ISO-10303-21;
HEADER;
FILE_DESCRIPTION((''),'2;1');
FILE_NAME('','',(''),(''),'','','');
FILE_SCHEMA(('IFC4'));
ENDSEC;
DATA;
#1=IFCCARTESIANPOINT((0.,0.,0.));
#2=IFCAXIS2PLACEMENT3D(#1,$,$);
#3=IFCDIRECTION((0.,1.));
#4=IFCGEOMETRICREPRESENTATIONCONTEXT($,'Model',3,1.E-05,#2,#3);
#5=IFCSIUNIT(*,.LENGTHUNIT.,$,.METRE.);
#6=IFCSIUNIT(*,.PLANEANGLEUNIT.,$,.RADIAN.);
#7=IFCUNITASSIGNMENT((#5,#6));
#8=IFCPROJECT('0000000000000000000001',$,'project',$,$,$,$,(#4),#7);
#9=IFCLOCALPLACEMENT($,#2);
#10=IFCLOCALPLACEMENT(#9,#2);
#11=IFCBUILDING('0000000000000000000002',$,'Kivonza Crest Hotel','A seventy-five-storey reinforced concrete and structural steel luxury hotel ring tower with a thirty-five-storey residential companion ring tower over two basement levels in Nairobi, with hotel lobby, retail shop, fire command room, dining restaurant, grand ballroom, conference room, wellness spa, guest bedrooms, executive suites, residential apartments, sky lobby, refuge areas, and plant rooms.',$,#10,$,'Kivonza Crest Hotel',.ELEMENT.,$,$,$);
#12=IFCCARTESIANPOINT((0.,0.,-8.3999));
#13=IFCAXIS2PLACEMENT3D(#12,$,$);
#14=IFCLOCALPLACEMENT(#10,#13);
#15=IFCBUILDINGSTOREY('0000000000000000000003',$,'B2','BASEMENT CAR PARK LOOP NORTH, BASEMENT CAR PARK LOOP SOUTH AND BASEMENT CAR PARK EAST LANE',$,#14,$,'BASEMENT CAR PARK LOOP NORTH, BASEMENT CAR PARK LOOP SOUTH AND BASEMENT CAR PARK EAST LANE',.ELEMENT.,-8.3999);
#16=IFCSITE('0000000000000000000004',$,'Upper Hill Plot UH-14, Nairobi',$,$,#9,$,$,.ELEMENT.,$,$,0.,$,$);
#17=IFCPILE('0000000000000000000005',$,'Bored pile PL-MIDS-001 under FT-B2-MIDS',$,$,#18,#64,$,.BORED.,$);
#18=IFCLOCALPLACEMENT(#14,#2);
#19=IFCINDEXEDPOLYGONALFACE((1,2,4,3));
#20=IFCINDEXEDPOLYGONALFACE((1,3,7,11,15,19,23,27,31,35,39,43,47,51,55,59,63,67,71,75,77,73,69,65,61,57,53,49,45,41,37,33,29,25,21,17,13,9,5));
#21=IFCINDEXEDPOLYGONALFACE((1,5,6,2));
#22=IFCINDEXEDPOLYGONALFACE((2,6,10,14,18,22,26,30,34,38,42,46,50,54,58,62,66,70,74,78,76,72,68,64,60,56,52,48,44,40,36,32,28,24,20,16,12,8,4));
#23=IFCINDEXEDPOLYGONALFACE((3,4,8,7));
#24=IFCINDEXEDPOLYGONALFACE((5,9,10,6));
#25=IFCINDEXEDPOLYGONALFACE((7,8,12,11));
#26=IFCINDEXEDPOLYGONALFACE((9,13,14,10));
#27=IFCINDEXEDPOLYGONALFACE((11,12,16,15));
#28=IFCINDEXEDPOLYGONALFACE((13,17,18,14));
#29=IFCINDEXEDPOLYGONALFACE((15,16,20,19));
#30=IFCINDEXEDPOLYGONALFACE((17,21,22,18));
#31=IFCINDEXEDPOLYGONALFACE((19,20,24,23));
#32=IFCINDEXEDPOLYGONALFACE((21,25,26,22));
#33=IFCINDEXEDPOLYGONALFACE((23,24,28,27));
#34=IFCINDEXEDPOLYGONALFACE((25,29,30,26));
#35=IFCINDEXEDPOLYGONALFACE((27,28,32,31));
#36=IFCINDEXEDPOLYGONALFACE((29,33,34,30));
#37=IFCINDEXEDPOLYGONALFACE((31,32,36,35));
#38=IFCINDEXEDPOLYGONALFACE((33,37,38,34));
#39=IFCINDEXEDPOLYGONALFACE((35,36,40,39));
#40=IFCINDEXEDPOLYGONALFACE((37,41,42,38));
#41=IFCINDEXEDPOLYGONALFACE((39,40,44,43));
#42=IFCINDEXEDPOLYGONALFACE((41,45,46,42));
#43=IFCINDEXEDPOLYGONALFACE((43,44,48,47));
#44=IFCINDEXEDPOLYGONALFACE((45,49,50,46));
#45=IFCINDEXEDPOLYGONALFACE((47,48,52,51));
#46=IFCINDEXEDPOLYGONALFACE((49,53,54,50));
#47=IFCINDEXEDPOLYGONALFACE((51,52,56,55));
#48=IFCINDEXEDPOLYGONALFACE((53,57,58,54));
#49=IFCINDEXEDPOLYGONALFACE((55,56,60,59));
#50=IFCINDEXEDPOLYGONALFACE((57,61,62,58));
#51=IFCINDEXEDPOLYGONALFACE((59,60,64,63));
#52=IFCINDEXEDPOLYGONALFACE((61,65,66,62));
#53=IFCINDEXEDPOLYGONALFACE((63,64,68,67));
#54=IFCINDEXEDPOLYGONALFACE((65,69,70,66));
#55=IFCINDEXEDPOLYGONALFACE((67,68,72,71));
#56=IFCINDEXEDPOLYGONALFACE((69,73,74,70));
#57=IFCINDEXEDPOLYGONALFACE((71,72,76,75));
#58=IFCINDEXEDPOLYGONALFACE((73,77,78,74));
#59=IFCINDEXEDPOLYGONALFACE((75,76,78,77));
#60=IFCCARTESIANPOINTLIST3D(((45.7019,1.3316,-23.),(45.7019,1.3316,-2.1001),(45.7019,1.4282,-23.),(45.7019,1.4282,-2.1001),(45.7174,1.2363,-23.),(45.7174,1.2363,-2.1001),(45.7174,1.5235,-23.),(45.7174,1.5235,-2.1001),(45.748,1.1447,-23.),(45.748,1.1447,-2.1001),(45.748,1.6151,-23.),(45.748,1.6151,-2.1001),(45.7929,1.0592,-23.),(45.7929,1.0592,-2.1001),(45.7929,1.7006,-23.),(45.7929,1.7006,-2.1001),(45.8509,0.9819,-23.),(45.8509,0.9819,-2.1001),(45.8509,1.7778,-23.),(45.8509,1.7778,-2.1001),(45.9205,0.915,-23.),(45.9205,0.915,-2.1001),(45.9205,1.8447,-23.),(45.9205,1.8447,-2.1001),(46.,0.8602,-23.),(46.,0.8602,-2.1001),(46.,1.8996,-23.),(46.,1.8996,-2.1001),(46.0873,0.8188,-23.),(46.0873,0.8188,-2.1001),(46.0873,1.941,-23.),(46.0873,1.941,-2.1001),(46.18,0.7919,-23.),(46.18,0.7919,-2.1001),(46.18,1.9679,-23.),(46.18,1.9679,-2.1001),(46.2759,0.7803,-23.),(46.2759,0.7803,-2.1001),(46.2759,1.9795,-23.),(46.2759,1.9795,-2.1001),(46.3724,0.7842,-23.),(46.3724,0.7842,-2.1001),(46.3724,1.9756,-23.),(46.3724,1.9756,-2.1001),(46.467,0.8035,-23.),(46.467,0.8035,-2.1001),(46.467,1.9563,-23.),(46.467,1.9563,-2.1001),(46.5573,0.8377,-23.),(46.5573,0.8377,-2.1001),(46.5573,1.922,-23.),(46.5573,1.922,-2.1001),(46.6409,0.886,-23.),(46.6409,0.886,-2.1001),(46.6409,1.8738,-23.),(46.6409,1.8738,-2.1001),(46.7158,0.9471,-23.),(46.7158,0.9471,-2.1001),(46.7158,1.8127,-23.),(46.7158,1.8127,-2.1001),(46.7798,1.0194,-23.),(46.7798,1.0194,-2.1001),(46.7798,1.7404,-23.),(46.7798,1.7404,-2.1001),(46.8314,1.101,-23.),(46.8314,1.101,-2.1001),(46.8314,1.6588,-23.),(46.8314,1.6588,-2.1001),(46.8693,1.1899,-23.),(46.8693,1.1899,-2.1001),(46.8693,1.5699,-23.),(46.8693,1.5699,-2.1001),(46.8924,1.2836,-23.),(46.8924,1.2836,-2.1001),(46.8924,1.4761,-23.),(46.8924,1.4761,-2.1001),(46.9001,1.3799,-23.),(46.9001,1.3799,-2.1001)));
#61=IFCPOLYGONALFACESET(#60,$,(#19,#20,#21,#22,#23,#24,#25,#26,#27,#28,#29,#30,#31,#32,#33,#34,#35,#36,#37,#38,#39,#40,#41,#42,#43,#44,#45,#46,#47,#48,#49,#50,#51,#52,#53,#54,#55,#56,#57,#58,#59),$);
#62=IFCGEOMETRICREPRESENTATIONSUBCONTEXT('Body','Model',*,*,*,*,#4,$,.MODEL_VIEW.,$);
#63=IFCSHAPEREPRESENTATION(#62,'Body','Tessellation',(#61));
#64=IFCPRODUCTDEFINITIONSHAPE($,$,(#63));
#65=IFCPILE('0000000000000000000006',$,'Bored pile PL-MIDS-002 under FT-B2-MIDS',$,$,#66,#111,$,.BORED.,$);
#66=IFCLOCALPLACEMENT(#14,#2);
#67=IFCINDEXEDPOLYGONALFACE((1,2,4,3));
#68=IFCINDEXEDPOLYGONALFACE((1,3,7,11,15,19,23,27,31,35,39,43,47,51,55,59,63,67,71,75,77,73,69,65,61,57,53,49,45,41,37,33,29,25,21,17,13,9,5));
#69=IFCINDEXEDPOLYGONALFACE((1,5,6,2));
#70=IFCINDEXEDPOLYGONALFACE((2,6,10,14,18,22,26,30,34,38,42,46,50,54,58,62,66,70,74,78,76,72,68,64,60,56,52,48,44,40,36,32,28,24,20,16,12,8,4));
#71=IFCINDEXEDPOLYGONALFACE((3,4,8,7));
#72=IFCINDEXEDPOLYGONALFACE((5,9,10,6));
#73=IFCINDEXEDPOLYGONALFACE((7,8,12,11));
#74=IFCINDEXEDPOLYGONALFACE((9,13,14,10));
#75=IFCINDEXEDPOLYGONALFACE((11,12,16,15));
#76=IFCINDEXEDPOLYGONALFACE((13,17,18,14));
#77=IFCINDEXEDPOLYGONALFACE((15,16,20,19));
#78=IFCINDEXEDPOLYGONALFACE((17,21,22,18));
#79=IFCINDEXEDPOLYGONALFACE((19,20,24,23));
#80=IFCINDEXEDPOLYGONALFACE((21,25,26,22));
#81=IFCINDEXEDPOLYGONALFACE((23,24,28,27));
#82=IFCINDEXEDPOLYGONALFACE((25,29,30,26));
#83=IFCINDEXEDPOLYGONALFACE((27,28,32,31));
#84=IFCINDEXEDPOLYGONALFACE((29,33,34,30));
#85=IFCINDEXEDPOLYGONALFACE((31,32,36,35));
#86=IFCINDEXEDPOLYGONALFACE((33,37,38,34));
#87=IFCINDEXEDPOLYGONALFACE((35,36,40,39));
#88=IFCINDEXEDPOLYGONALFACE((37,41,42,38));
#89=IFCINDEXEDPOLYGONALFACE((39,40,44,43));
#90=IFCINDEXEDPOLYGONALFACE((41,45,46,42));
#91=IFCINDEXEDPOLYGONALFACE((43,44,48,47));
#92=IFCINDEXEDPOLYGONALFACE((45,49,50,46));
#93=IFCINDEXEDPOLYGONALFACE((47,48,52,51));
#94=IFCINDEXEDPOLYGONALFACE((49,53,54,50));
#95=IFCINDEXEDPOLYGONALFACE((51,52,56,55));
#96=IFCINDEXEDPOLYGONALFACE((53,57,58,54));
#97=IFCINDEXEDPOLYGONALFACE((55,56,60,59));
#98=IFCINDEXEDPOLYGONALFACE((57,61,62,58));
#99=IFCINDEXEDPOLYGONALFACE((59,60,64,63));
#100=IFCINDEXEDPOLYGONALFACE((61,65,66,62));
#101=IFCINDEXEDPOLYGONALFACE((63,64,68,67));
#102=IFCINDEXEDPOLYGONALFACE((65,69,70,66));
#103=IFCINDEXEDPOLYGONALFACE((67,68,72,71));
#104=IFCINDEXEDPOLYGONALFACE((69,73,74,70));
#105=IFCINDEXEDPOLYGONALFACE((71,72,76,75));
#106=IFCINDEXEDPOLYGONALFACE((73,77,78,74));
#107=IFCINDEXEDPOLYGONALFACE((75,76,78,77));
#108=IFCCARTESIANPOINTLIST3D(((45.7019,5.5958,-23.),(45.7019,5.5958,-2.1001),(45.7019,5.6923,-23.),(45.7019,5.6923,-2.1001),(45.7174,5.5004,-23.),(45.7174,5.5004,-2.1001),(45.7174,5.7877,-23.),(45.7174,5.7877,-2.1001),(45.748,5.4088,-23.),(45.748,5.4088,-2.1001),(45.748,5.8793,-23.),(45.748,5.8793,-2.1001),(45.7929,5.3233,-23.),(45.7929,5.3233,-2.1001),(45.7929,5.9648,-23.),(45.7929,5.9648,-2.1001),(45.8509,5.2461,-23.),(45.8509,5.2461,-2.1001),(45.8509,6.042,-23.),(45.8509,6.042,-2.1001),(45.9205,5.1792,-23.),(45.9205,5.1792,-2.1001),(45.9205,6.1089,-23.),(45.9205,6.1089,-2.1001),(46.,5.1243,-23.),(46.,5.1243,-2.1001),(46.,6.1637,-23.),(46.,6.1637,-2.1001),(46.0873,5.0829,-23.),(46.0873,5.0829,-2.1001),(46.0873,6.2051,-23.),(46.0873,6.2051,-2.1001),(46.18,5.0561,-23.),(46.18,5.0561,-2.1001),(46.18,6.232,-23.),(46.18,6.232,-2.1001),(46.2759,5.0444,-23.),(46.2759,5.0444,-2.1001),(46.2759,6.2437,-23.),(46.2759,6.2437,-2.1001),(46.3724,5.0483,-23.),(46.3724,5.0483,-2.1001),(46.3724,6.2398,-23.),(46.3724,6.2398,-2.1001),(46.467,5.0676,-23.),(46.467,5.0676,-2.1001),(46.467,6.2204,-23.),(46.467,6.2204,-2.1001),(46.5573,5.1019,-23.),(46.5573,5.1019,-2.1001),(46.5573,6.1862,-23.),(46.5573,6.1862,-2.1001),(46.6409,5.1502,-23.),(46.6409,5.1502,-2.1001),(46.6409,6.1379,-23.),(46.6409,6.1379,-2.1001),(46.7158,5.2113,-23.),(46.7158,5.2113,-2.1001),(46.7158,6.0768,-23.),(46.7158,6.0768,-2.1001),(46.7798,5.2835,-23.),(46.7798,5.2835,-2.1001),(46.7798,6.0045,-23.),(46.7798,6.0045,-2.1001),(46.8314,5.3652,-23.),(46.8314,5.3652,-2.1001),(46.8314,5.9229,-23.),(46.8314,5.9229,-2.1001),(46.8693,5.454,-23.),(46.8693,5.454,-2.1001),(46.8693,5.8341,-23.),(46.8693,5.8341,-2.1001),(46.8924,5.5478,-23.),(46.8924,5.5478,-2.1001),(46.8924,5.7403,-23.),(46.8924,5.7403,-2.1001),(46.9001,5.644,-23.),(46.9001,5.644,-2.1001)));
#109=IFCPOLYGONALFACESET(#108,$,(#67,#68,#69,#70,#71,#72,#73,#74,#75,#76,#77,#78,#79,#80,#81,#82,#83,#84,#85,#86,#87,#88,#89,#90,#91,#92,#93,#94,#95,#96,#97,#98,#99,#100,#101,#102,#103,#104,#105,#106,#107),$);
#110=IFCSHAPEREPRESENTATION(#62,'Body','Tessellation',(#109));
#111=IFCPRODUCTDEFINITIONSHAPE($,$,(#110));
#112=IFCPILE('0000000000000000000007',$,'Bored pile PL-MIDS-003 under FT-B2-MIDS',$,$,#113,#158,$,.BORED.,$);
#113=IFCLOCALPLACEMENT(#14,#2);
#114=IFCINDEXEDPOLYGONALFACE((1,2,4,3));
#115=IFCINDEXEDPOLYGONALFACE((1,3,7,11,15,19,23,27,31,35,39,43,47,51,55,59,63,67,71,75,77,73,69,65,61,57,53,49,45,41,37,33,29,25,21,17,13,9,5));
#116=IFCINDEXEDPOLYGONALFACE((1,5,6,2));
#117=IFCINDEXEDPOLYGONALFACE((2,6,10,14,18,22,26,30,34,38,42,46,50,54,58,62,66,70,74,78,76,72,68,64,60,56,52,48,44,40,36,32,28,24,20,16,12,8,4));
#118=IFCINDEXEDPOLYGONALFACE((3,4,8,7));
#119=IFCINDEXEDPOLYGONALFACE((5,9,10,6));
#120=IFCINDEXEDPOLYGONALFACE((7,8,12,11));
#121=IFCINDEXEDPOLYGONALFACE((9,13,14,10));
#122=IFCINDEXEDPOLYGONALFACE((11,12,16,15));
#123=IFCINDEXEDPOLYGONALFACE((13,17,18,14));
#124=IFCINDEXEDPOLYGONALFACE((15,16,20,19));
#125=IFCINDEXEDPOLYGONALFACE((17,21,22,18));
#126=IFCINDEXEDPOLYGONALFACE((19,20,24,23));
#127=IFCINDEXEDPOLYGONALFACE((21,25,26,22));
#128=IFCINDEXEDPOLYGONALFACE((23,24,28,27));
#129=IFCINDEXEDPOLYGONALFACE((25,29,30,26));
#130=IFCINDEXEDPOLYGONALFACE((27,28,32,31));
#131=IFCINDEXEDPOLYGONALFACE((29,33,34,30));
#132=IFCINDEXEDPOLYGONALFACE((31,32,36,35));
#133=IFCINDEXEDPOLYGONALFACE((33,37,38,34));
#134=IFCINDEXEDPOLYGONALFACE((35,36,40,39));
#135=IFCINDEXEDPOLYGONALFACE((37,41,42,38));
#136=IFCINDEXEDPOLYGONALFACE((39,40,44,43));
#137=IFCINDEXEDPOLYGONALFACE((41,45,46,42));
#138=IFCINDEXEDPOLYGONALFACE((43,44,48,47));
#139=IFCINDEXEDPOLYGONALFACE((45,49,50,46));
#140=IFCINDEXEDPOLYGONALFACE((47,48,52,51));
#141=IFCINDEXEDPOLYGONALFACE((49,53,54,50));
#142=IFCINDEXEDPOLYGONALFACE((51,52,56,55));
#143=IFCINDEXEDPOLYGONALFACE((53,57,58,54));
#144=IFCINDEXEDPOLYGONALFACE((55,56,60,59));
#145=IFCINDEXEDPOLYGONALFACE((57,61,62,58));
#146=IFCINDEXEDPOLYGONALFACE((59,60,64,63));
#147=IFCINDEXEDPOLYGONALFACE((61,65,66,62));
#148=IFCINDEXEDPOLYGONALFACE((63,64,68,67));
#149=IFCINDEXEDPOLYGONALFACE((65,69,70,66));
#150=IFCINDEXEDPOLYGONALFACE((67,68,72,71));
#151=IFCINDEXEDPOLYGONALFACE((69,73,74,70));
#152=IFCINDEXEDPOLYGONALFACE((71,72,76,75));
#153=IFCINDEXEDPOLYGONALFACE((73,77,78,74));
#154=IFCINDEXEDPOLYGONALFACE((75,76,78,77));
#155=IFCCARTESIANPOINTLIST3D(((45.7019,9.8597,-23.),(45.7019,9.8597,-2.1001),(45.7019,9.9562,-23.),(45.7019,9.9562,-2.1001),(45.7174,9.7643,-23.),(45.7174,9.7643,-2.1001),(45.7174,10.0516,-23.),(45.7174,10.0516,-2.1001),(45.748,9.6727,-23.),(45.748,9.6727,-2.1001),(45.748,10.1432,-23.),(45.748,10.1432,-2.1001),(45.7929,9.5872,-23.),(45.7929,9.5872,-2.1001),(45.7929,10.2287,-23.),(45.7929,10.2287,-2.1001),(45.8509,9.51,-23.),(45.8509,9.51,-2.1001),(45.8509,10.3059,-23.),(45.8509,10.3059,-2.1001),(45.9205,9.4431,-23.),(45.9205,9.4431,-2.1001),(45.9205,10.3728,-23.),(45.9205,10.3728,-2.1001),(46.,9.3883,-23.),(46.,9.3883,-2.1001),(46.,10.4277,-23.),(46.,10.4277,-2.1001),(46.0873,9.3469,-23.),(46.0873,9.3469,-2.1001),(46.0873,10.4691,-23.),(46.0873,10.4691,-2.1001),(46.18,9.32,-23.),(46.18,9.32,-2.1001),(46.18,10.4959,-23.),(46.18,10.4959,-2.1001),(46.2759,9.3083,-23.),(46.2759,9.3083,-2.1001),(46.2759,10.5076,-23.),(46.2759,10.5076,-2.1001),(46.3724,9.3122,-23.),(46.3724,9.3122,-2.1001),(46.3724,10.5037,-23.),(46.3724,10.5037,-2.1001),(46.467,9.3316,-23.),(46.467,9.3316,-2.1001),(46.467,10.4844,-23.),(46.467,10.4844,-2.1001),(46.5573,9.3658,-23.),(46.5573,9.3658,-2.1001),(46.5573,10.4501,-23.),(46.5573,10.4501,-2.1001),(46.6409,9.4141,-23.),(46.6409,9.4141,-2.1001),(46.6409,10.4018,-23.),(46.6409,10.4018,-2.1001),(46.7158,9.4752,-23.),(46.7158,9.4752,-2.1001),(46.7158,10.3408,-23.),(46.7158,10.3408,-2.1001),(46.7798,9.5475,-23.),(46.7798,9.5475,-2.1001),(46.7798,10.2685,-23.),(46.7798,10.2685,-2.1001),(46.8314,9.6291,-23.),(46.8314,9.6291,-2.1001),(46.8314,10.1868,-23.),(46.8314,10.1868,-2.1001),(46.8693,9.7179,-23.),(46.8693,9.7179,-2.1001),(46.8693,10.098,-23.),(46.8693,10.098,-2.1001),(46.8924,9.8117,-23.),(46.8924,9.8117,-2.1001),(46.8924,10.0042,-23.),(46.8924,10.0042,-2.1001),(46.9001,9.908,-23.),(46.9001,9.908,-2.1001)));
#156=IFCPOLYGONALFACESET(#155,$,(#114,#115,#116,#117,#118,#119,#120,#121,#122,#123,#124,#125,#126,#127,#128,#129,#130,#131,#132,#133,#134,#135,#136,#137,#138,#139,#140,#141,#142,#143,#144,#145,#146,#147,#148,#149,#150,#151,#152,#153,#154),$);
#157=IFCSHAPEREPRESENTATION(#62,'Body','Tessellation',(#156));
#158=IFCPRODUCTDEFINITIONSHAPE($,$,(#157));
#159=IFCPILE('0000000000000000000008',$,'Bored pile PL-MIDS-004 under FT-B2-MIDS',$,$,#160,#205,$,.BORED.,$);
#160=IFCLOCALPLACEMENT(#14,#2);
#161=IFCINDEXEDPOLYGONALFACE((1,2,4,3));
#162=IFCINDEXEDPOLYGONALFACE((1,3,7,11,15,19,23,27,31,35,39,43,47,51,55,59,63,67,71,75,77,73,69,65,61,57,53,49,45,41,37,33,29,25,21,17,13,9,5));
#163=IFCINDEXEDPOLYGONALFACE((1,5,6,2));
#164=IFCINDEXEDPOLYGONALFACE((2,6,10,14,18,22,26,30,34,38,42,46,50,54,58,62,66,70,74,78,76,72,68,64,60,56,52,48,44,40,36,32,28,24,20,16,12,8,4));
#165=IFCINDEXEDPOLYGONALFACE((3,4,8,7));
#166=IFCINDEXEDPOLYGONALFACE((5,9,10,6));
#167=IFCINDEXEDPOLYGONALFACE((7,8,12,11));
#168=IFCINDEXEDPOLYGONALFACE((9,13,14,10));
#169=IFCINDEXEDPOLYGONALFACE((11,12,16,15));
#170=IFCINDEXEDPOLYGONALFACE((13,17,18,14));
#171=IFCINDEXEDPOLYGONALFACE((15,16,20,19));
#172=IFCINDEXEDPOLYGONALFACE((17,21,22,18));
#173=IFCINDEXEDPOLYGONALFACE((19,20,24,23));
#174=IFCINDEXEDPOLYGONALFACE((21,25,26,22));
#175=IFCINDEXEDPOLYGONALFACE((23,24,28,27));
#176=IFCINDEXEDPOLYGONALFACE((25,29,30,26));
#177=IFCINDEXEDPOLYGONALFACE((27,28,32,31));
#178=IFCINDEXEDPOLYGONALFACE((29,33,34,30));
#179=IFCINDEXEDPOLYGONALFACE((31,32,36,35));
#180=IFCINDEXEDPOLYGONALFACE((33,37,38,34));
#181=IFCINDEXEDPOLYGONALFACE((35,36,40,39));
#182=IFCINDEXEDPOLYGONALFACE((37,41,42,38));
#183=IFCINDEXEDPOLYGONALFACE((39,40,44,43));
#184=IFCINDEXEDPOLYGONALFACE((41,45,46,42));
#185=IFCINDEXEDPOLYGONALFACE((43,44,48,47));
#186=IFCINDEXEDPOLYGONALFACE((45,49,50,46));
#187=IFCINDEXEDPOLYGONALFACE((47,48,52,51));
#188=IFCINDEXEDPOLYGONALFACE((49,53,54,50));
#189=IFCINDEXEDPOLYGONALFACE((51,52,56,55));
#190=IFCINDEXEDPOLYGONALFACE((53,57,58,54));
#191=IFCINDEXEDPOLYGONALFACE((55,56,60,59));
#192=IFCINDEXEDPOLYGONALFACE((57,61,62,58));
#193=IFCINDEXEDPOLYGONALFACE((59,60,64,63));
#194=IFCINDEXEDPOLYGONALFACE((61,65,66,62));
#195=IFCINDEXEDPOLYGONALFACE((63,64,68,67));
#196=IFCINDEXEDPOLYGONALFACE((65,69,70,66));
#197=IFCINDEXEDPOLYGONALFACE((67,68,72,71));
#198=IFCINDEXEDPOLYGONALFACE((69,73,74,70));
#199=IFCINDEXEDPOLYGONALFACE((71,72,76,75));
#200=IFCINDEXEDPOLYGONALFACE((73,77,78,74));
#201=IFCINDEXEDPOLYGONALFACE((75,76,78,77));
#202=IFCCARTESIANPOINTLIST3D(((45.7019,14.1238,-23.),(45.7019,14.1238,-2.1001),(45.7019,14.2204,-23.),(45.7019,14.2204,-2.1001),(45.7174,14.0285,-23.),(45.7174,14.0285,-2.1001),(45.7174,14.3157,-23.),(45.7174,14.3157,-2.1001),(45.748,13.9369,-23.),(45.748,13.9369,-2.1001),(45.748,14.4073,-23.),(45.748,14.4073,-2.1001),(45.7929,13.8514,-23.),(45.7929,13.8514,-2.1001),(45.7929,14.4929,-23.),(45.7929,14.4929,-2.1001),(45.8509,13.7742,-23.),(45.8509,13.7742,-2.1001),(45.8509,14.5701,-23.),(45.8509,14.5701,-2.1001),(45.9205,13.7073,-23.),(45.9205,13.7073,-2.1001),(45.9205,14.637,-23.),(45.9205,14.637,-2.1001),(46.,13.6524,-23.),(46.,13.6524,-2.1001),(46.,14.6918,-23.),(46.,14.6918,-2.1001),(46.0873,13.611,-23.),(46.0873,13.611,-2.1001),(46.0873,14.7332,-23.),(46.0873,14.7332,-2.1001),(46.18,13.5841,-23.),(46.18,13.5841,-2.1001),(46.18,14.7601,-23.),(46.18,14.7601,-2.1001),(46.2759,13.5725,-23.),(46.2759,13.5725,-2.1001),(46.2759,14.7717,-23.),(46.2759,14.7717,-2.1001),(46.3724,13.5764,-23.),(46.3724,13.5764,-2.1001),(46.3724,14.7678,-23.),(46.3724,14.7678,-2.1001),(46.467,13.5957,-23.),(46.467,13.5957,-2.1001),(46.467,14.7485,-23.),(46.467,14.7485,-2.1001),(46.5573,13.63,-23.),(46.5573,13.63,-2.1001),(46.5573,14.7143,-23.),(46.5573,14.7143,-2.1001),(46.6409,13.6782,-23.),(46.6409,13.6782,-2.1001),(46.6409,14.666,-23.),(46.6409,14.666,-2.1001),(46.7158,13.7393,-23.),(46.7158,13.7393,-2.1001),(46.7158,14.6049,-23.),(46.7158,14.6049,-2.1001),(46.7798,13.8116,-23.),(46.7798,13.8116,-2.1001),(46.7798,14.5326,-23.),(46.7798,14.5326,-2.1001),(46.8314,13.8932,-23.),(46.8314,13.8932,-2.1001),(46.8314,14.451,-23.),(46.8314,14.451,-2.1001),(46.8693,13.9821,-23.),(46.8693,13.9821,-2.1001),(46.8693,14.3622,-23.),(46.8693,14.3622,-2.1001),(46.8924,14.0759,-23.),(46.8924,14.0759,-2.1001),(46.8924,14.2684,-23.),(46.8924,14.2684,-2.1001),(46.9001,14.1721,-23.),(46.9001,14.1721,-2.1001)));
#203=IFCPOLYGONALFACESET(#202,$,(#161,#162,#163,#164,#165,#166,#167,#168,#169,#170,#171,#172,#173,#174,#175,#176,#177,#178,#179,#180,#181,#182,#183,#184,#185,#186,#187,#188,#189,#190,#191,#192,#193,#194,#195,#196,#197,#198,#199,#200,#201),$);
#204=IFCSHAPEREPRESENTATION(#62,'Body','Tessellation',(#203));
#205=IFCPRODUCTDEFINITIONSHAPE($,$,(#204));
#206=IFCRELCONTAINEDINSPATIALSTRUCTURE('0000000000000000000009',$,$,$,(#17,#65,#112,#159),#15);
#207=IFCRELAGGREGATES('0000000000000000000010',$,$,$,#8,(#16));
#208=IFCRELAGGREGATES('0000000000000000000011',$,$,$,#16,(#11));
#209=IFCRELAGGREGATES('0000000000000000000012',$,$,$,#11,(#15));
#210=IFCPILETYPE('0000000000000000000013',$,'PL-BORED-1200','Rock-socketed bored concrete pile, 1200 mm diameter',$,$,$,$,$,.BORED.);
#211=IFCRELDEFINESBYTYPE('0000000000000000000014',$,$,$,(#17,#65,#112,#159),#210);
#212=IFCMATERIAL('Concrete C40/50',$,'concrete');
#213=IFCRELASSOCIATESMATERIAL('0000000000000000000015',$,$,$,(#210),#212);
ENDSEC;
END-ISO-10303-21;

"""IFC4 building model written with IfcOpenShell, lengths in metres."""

from ifc_helpers import new_model, si_unit, direction, frame, origin, origin_2d, place, context, subcontext, project, spatial, circle, extrude, material, material_profile, profile_set, type_object, element, save


model = new_model("IFC4")

# Units and contexts
model_context = context("Model", 3, precision=1e-05, world=origin(), true_north=direction((0.0, 1.0)))
body_context = subcontext(model_context, "Body", "Model", "MODEL_VIEW")
ifc_project = project(units=[si_unit("LENGTHUNIT", "METRE"), si_unit("PLANEANGLEUNIT", "RADIAN")], contexts=[model_context])

# Site, building, storey
site_placement = place(None, origin())
site = spatial("IfcSite", under=ifc_project, at=site_placement, Name="Upper Hill Plot UH-14, Nairobi", CompositionType="ELEMENT", RefElevation=0.0)
building_placement = place(site_placement, origin())
building = spatial("IfcBuilding", under=site, at=building_placement, Name="Kivonza Crest Hotel", Description="A seventy-five-storey reinforced concrete and structural steel luxury hotel ring tower with a thirty-five-storey residential companion ring tower over two basement levels in Nairobi, with hotel lobby, retail shop, fire command room, dining restaurant, grand ballroom, conference room, wellness spa, guest bedrooms, executive suites, residential apartments, sky lobby, refuge areas, and plant rooms.", LongName="Kivonza Crest Hotel", CompositionType="ELEMENT")
storey_placement = place(building_placement, frame((0.0, 0.0, -8.3999)))
storey = spatial("IfcBuildingStorey", under=building, at=storey_placement, Name="B2", Description="BASEMENT CAR PARK LOOP NORTH, BASEMENT CAR PARK LOOP SOUTH AND BASEMENT CAR PARK EAST LANE", LongName="BASEMENT CAR PARK LOOP NORTH, BASEMENT CAR PARK LOOP SOUTH AND BASEMENT CAR PARK EAST LANE", CompositionType="ELEMENT", Elevation=-8.3999)

# Piles
ifc_material_1 = material(Name="Concrete C40/50", Category="concrete")
ifc_material_profile_1 = material_profile(ifc_material_1, circle(Radius=0.6001, at=origin_2d()), Name="PILE D1200")
ifc_profile_set_1 = profile_set([ifc_material_profile_1], Name="Concrete C40/50")
pile_type_1 = type_object("IfcPileType", Name="PL-BORED-1200", Description="Rock-socketed bored concrete pile, 1200 mm diameter", PredefinedType="BORED", material=ifc_profile_set_1)
for number, where, z_axis, x_axis, name in (
    (1, (46.3, 1.3799, -2.1001), (0.0, 0.0, -1.0), (1.0, 0.0, 0.0), "Bored pile PL-MIDS-001 under FT-B2-MIDS"),
    (2, (46.3, 5.644, -2.1001), (0.0, 0.0, -1.0), (1.0, 0.0, 0.0), "Bored pile PL-MIDS-002 under FT-B2-MIDS"),
    (3, (46.3, 9.908, -2.1001), (0.0, 0.0, -1.0), (1.0, 0.0, 0.0), "Bored pile PL-MIDS-003 under FT-B2-MIDS"),
    (4, (46.3, 14.1721, -2.1001), (0.0, 0.0, -1.0), (1.0, 0.0, 0.0), "Bored pile PL-MIDS-004 under FT-B2-MIDS"),
):
    element("IfcPile", number, at=place(storey_placement, frame(where, z_axis=z_axis, x_axis=x_axis)), inside=storey, type_object=pile_type_1, Name=name, PredefinedType="BORED", context=body_context, shape_type="SweptSolid", body=[
        extrude(circle(Radius=0.6001, at=origin_2d()), origin(), (0.0, 0.0, 1.0), 20.8999),
    ])

save(model, "model.ifc")
